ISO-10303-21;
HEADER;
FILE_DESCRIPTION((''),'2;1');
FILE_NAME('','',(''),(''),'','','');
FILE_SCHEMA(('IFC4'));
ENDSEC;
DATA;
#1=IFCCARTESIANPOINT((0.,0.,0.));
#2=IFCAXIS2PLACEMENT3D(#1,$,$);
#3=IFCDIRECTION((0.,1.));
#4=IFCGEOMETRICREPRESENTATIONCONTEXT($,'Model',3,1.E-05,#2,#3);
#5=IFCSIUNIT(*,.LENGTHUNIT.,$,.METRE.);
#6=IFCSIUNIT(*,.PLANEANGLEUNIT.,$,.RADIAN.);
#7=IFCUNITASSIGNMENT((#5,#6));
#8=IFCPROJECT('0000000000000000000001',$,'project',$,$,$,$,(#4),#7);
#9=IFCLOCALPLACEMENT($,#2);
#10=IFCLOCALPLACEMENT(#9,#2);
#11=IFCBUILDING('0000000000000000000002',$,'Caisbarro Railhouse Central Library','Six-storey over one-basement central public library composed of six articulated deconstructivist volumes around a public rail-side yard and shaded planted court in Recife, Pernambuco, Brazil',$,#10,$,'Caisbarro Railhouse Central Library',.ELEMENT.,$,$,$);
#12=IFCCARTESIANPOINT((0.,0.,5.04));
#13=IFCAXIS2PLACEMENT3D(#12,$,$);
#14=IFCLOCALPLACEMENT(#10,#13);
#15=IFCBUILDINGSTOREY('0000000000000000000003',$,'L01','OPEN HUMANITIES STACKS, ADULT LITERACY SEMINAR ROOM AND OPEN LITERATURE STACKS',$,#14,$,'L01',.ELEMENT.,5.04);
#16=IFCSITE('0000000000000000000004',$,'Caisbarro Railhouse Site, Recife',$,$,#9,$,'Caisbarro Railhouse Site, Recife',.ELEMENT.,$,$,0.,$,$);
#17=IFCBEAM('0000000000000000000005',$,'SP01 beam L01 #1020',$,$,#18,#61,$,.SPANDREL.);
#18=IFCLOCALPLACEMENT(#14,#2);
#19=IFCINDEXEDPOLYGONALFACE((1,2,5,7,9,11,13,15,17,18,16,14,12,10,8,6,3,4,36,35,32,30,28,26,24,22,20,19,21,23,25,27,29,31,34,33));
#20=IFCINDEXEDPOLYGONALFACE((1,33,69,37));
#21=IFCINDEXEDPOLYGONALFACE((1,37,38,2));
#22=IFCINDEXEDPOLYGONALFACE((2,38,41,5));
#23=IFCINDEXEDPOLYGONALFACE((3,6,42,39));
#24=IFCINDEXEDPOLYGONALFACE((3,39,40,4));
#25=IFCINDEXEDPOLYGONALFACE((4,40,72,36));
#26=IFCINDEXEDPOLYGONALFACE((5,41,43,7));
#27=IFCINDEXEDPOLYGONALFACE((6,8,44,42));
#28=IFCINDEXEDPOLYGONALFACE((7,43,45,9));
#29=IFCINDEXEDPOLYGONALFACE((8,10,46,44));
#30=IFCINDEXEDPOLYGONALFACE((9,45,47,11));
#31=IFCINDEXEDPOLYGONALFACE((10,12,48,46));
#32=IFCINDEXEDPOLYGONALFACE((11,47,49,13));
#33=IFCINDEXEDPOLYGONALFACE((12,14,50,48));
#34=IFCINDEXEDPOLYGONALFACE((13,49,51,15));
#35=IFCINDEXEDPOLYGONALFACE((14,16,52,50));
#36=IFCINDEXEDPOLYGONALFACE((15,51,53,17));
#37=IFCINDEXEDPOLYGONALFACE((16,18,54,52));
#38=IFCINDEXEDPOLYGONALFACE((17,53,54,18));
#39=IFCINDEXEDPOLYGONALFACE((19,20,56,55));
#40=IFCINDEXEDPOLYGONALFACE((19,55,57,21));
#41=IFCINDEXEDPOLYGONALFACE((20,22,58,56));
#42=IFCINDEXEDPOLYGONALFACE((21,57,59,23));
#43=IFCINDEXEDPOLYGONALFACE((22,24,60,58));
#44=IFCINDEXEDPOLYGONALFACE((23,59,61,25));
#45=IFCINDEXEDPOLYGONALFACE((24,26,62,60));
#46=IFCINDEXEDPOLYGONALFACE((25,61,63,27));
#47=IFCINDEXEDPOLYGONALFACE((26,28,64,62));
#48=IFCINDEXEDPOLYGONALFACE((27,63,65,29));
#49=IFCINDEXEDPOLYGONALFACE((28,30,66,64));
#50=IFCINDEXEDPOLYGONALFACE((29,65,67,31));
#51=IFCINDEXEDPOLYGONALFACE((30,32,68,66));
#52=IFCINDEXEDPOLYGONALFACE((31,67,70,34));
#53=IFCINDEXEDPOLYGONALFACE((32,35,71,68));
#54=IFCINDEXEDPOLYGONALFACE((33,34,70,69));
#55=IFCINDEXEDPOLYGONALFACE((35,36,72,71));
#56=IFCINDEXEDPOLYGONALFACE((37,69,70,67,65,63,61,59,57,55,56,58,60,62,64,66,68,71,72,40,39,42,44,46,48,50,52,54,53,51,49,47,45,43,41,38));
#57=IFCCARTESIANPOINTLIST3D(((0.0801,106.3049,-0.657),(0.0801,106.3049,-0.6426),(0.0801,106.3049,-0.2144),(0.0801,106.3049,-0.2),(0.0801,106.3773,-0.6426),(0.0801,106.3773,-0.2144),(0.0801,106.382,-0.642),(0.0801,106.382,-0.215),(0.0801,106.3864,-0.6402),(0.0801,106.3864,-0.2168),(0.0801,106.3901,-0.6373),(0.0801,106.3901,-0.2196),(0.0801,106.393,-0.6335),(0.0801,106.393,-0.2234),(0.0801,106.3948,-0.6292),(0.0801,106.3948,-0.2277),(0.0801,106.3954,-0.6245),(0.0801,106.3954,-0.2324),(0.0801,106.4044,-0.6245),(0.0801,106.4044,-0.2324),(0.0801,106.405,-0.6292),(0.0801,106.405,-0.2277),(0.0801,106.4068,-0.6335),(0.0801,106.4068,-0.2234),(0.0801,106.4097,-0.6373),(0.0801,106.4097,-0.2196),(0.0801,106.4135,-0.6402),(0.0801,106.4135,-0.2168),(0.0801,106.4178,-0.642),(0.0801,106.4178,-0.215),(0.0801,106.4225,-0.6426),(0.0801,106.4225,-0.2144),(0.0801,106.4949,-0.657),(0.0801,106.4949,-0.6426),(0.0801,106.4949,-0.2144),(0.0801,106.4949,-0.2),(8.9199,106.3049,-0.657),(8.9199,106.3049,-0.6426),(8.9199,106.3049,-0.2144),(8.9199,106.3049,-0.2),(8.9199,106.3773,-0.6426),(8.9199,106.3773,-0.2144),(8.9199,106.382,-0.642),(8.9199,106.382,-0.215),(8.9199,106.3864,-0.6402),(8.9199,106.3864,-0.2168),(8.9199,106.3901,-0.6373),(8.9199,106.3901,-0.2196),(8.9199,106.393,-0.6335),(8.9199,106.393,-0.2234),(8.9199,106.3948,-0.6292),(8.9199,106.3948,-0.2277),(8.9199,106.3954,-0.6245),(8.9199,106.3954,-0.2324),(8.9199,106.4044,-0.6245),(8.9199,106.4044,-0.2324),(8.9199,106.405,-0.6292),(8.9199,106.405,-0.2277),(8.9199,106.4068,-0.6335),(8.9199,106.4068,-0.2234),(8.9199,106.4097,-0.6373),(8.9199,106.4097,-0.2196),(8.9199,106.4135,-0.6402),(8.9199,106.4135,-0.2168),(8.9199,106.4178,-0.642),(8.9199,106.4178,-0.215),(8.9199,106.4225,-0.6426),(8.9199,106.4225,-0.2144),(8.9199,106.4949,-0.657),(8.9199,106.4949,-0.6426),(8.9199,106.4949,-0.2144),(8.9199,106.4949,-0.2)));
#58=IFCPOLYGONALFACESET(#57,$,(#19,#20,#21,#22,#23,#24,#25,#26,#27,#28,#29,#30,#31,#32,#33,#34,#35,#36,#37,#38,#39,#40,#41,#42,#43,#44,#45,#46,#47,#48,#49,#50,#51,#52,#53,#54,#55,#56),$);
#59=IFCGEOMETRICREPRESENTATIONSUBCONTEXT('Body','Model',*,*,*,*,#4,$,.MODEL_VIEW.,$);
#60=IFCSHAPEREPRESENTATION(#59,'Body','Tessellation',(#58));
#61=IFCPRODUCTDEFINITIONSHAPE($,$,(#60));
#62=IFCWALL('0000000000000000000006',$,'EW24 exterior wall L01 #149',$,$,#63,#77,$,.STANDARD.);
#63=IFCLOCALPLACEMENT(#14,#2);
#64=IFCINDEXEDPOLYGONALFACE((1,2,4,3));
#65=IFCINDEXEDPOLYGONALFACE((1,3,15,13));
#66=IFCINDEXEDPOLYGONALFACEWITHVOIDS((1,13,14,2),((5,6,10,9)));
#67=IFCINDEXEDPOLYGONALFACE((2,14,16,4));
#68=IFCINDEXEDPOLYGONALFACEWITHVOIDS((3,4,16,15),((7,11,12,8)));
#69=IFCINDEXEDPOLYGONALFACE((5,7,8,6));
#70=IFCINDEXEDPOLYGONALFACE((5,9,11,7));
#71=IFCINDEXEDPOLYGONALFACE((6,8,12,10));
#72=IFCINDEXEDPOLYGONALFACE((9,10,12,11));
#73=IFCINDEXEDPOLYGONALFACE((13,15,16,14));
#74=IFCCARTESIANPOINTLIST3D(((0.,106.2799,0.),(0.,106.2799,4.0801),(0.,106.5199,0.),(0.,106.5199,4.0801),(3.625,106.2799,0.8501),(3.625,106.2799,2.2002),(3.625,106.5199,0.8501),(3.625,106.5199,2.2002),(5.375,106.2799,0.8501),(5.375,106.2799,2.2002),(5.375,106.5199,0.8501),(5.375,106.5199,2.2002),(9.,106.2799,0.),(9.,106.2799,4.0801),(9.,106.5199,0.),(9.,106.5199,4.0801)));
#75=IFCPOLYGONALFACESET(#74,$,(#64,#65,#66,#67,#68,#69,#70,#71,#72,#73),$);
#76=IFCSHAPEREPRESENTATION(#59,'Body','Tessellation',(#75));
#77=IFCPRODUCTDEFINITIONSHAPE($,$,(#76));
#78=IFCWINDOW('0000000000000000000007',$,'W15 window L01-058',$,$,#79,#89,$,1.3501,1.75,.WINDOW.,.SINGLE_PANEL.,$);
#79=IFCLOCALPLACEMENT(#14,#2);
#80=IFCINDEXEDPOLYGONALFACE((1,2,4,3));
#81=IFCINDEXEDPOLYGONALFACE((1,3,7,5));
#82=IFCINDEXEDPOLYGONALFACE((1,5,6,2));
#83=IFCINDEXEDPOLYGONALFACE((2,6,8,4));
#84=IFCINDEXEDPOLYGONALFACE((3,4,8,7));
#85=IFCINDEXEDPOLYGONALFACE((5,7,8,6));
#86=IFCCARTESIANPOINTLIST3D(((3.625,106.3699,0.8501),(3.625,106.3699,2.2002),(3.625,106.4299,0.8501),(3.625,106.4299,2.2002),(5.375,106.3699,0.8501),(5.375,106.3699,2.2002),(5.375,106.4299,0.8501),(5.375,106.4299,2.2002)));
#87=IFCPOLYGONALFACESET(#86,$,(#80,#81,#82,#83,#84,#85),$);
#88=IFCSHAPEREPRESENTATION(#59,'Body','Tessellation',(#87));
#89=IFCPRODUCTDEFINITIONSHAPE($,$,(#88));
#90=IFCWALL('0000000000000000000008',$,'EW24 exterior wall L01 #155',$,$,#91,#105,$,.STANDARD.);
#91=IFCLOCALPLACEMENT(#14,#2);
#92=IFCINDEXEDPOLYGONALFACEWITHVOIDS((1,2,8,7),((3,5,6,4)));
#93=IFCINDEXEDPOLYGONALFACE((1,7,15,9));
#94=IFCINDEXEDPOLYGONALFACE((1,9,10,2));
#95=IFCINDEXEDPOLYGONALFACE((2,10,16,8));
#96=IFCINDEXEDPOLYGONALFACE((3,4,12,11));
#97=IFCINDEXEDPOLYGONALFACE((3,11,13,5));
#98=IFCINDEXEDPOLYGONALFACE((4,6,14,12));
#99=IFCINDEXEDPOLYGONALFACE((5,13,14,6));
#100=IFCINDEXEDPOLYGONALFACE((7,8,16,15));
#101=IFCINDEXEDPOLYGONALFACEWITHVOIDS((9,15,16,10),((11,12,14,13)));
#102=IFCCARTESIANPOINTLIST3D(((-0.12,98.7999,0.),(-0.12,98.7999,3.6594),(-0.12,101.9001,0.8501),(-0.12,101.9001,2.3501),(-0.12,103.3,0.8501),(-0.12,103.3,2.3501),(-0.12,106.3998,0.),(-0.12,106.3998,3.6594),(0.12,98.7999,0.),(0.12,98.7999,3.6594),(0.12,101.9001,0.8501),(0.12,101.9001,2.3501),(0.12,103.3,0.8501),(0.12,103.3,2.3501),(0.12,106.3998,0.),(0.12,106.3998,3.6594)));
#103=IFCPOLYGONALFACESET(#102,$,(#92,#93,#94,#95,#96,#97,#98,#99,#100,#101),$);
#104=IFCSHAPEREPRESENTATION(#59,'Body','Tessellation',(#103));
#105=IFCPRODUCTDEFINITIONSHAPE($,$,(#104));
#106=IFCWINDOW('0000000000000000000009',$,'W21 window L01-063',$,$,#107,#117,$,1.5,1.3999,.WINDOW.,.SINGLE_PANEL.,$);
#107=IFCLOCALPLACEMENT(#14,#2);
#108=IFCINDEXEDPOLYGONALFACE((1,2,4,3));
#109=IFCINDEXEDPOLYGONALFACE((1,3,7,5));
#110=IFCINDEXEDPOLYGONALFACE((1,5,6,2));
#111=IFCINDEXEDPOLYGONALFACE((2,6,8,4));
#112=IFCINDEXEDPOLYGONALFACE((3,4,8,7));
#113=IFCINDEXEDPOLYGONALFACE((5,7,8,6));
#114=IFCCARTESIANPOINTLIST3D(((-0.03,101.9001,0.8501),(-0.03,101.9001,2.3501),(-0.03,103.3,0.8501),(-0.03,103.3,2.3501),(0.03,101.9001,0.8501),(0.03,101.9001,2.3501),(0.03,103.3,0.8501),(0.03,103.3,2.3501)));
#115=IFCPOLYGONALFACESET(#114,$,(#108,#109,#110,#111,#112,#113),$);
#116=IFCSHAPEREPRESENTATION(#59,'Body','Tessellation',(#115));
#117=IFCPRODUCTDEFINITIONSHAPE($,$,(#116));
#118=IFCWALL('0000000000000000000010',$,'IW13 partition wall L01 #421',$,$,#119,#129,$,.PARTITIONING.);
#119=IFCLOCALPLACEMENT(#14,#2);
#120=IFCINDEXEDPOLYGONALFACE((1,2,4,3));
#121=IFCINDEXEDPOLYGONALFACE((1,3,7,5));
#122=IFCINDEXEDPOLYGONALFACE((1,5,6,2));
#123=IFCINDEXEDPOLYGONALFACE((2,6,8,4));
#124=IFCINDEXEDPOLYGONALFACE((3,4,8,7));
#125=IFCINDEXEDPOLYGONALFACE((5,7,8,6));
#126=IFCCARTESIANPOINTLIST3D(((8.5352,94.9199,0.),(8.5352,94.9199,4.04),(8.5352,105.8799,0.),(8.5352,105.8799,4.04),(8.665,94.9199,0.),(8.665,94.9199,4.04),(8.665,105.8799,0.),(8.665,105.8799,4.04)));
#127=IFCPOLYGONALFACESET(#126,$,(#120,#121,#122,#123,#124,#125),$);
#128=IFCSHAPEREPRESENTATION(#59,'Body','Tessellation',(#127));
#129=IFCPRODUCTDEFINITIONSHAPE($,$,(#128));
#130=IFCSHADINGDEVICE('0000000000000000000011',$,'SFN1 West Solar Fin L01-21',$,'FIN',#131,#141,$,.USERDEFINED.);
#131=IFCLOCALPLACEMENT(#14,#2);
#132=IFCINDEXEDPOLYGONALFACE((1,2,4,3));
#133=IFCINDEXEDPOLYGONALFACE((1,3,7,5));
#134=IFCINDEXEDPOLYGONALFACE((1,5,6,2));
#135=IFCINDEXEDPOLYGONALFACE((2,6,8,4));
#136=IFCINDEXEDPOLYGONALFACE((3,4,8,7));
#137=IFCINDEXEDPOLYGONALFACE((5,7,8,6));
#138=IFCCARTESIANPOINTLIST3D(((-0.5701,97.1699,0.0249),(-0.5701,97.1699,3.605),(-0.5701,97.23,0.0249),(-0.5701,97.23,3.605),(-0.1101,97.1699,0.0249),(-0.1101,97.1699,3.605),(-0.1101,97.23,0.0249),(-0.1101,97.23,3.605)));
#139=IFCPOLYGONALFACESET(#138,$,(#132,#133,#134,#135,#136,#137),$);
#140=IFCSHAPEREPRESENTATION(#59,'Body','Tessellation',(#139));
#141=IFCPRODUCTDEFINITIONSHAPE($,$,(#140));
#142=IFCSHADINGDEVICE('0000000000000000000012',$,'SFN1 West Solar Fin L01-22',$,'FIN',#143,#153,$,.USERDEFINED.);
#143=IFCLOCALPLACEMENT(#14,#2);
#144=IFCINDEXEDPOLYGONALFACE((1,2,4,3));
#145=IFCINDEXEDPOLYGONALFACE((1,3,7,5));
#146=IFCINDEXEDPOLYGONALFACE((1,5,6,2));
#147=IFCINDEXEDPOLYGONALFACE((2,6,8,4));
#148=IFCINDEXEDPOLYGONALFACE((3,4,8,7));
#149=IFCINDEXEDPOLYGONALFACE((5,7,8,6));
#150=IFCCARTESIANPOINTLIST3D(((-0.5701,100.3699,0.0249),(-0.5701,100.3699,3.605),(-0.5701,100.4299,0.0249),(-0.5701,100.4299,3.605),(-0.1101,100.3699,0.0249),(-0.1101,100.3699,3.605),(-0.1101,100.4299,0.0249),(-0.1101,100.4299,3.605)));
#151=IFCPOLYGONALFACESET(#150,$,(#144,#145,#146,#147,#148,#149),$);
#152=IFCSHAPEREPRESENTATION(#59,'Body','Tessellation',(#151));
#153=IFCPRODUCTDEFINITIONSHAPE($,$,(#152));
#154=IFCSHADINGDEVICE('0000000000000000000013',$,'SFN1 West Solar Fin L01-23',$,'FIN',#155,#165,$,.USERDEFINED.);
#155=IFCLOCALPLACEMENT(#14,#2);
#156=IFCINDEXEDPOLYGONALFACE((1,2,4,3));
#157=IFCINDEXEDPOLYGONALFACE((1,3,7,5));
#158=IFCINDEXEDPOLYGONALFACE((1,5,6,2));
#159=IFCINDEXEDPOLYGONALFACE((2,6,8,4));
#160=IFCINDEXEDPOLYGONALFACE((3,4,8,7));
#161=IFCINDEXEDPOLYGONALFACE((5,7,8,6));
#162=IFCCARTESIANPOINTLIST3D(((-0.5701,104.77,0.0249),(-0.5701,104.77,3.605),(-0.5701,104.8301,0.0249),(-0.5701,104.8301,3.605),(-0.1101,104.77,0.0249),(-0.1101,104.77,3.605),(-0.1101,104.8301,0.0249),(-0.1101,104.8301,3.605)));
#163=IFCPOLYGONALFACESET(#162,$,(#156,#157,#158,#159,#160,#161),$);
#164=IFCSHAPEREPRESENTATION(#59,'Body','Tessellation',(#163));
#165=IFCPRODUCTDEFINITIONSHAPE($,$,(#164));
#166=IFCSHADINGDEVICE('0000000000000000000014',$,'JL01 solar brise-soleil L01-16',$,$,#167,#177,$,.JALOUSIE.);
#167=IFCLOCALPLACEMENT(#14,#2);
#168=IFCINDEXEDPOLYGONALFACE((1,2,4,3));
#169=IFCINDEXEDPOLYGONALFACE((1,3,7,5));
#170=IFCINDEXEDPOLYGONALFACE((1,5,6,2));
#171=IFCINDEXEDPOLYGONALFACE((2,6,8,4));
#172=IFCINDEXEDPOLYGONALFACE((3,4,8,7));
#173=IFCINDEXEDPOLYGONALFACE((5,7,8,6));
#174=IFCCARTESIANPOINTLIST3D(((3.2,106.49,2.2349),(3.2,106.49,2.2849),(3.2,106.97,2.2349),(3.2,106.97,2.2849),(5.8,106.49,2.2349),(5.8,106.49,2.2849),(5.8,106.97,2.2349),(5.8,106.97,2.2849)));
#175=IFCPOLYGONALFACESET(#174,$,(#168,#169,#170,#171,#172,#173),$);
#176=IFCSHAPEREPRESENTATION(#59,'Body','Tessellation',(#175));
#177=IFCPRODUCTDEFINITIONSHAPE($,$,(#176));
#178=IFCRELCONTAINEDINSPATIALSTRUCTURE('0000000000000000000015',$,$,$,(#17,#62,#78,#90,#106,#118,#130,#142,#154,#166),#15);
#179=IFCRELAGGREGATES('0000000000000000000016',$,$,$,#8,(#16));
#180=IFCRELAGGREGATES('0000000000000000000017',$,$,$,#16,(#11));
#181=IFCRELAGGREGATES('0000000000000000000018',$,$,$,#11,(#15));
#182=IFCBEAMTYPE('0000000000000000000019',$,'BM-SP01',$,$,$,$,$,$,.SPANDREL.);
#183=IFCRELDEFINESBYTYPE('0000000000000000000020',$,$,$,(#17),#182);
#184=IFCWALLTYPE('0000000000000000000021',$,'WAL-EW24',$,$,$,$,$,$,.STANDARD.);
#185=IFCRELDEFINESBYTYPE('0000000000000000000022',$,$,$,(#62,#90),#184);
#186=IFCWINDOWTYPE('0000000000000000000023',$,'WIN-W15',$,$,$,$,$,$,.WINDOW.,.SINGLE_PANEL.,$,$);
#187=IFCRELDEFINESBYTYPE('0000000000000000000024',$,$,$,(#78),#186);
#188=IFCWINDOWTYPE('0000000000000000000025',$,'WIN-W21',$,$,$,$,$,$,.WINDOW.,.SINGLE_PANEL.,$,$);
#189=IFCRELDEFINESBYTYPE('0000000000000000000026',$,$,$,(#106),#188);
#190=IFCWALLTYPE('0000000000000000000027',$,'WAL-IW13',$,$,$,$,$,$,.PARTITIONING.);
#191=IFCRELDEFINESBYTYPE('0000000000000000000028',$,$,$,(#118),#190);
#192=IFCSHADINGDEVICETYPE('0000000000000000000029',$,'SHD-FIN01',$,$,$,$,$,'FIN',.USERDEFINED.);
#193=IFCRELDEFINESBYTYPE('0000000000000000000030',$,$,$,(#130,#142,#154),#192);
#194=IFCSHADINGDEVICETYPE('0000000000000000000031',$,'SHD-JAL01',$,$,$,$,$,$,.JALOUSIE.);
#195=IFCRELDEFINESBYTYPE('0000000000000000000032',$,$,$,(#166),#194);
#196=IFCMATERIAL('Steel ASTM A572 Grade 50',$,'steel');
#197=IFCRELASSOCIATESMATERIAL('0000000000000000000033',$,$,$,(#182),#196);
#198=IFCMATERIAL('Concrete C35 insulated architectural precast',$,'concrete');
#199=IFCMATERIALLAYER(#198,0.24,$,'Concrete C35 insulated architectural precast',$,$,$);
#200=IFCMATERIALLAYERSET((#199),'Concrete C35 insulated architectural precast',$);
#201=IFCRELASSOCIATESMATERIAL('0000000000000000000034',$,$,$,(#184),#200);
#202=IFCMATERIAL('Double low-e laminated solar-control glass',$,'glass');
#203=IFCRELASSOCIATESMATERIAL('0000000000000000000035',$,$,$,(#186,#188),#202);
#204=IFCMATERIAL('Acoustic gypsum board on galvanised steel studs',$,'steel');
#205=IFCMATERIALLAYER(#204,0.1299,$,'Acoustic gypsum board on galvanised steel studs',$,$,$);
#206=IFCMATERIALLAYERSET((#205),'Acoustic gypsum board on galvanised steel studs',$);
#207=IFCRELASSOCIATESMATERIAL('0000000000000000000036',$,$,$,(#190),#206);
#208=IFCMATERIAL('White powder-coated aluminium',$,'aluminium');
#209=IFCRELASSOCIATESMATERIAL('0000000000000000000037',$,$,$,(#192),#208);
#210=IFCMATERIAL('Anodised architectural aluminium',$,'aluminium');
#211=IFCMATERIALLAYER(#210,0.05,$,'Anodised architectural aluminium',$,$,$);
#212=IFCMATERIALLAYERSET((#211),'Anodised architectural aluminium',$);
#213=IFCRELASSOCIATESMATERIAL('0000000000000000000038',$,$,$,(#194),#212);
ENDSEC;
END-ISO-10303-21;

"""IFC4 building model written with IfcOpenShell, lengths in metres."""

from ifc_helpers import new_model, si_unit, direction, frame, frame_2d, origin, origin_2d, place, context, subcontext, project, spatial, rectangle, i_section, extrude, material, layer, layer_set, material_profile, profile_set, type_object, element, fill, save


model = new_model("IFC4")

# Units and contexts
model_context = context("Model", 3, precision=1e-05, world=origin(), true_north=direction((0.0, 1.0)))
body_context = subcontext(model_context, "Body", "Model", "MODEL_VIEW")
ifc_project = project(units=[si_unit("LENGTHUNIT", "METRE"), si_unit("PLANEANGLEUNIT", "RADIAN")], contexts=[model_context])

# Site, building, storey
site_placement = place(None, origin())
site = spatial("IfcSite", under=ifc_project, at=site_placement, Name="Caisbarro Railhouse Site, Recife", LongName="Caisbarro Railhouse Site, Recife", CompositionType="ELEMENT", RefElevation=0.0)
building_placement = place(site_placement, origin())
building = spatial("IfcBuilding", under=site, at=building_placement, Name="Caisbarro Railhouse Central Library", Description="Six-storey over one-basement central public library composed of six articulated deconstructivist volumes around a public rail-side yard and shaded planted court in Recife, Pernambuco, Brazil", LongName="Caisbarro Railhouse Central Library", CompositionType="ELEMENT")
storey_placement = place(building_placement, frame((0.0, 0.0, 5.04)))
storey = spatial("IfcBuildingStorey", under=building, at=storey_placement, Name="L01", Description="OPEN HUMANITIES STACKS, ADULT LITERACY SEMINAR ROOM AND OPEN LITERATURE STACKS", LongName="L01", CompositionType="ELEMENT", Elevation=5.04)

# Shared definitions
ifc_material_1 = material(Name="Steel ASTM A572 Grade 50", Category="steel")

# Beam
ifc_material_profile_1 = material_profile(ifc_material_1, i_section(OverallWidth=0.1899, OverallDepth=0.457, WebThickness=0.009, FlangeThickness=0.0144, FilletRadius=0.0181, at=origin_2d()), Name="W460X74.0")
ifc_profile_set_1 = profile_set([ifc_material_profile_1], Name="Steel ASTM A572 Grade 50")
beam_type_1 = type_object("IfcBeamType", Name="BM-SP01", PredefinedType="SPANDREL", material=ifc_profile_set_1)
beam_1_placement = place(storey_placement, frame((0.0801, 106.3999, -0.4285), z_axis=(1.0, 0.0, 0.0), x_axis=(0.0, 1.0, 0.0)))
element("IfcBeam", 1, at=beam_1_placement, inside=storey, type_object=beam_type_1, Name="SP01 beam L01 #1020", PredefinedType="SPANDREL", context=body_context, shape_type="SweptSolid", body=[
    extrude(i_section(OverallWidth=0.1899, OverallDepth=0.457, WebThickness=0.009, FlangeThickness=0.0144, FilletRadius=0.0181, at=origin_2d()), origin(), (0.0, 0.0, 1.0), 8.8398),
])

# Walls, openings, windows
ifc_material_2 = material(Name="Concrete C35 insulated architectural precast", Category="concrete")
ifc_layer_1 = layer(ifc_material_2, 0.24, Name="Concrete C35 insulated architectural precast")
ifc_layer_set_1 = layer_set([ifc_layer_1], Name="Concrete C35 insulated architectural precast")
wall_type_1 = type_object("IfcWallType", Name="WAL-EW24", PredefinedType="STANDARD", material=ifc_layer_set_1)
wall_1_placement = place(storey_placement, frame((0.0, 106.3999, 0.0), z_axis=(0.0, 0.0, 1.0), x_axis=(1.0, 0.0, 0.0)))
wall_1 = element("IfcWall", 2, at=wall_1_placement, inside=storey, type_object=wall_type_1, Name="EW24 exterior wall L01 #149", PredefinedType="STANDARD", context=body_context, shape_type="SweptSolid", body=[
    extrude(rectangle(XDim=9.0, YDim=0.24, at=frame_2d((4.5, 0.0))), origin(), (0.0, 0.0, 1.0), 4.0801),
])
opening_1_placement = place(wall_1_placement, frame((3.625, 0.0, 0.8501)))
opening_1 = element("IfcOpeningElement", 3, at=opening_1_placement, cuts=wall_1, PredefinedType="OPENING", context=body_context, shape_type="SweptSolid", body=[
    extrude(rectangle(XDim=1.75, YDim=1.3501, at=frame_2d((0.875, 0.675))), frame((0.0, 0.1299, 0.0), z_axis=(0.0, -1.0, 0.0), x_axis=(1.0, 0.0, 0.0)), (0.0, 0.0, 1.0), 0.26),
])
ifc_material_3 = material(Name="Double low-e laminated solar-control glass", Category="glass")
window_type_1 = type_object("IfcWindowType", Name="WIN-W15", PartitioningType="SINGLE_PANEL", PredefinedType="WINDOW", material=ifc_material_3)
window_1_placement = place(opening_1_placement, origin())
window_1 = element("IfcWindow", 4, at=window_1_placement, inside=storey, type_object=window_type_1, Name="W15 window L01-058", OverallHeight=1.3501, OverallWidth=1.75, PartitioningType="SINGLE_PANEL", PredefinedType="WINDOW", context=body_context, shape_type="SweptSolid", body=[
    extrude(rectangle(XDim=1.75, YDim=1.3501, at=frame_2d((0.875, 0.675))), frame((0.0, 0.03, 0.0), z_axis=(0.0, -1.0, 0.0), x_axis=(1.0, 0.0, 0.0)), (0.0, 0.0, 1.0), 0.0601),
])
fill(opening_1, window_1)
wall_2_placement = place(storey_placement, frame((0.0, 98.8, 0.0), z_axis=(0.0, 0.0, 1.0), x_axis=(0.0, 1.0, 0.0)))
wall_2 = element("IfcWall", 5, at=wall_2_placement, inside=storey, type_object=wall_type_1, Name="EW24 exterior wall L01 #155", PredefinedType="STANDARD", context=body_context, shape_type="SweptSolid", body=[
    extrude(rectangle(XDim=7.5999, YDim=0.24, at=frame_2d((3.7998, 0.0))), origin(), (0.0, 0.0, 1.0), 3.6594),
])
opening_2_placement = place(wall_2_placement, frame((3.1001, 0.0, 0.8501)))
opening_2 = element("IfcOpeningElement", 6, at=opening_2_placement, cuts=wall_2, PredefinedType="OPENING", context=body_context, shape_type="SweptSolid", body=[
    extrude(rectangle(XDim=1.3999, YDim=1.5, at=frame_2d((0.7, 0.75))), frame((0.0, 0.1299, 0.0), z_axis=(0.0, -1.0, 0.0), x_axis=(1.0, 0.0, 0.0)), (0.0, 0.0, 1.0), 0.26),
])
window_type_2 = type_object("IfcWindowType", Name="WIN-W21", PartitioningType="SINGLE_PANEL", PredefinedType="WINDOW", material=ifc_material_3)
window_2_placement = place(opening_2_placement, origin())
window_2 = element("IfcWindow", 7, at=window_2_placement, inside=storey, type_object=window_type_2, Name="W21 window L01-063", OverallHeight=1.5, OverallWidth=1.3999, PartitioningType="SINGLE_PANEL", PredefinedType="WINDOW", context=body_context, shape_type="SweptSolid", body=[
    extrude(rectangle(XDim=1.3999, YDim=1.5, at=frame_2d((0.7, 0.75))), frame((0.0, 0.03, 0.0), z_axis=(0.0, -1.0, 0.0), x_axis=(1.0, 0.0, 0.0)), (0.0, 0.0, 1.0), 0.0601),
])
fill(opening_2, window_2)

# Wall
ifc_material_4 = material(Name="Acoustic gypsum board on galvanised steel studs", Category="steel")
ifc_layer_2 = layer(ifc_material_4, 0.1299, Name="Acoustic gypsum board on galvanised steel studs")
ifc_layer_set_2 = layer_set([ifc_layer_2], Name="Acoustic gypsum board on galvanised steel studs")
wall_type_2 = type_object("IfcWallType", Name="WAL-IW13", PredefinedType="PARTITIONING", material=ifc_layer_set_2)
wall_3_placement = place(storey_placement, frame((8.6001, 94.9199, 0.0), z_axis=(0.0, 0.0, 1.0), x_axis=(0.0, 1.0, 0.0)))
element("IfcWall", 8, at=wall_3_placement, inside=storey, type_object=wall_type_2, Name="IW13 partition wall L01 #421", PredefinedType="PARTITIONING", context=body_context, shape_type="SweptSolid", body=[
    extrude(rectangle(XDim=10.96, YDim=0.1299, at=frame_2d((5.48, 0.0))), origin(), (0.0, 0.0, 1.0), 4.04),
])

# Shading devices
ifc_material_5 = material(Name="White powder-coated aluminium", Category="aluminium")
shading_device_type_1 = type_object("IfcShadingDeviceType", Name="SHD-FIN01", ElementType="FIN", PredefinedType="USERDEFINED", material=ifc_material_5)
for number, where, z_axis, x_axis, name in (
    (9, (-0.3401, 97.2, 0.0249), (0.0, 0.0, 1.0), (1.0, 0.0, 0.0), "SFN1 West Solar Fin L01-21"),
    (10, (-0.3401, 100.3999, 0.0249), (0.0, 0.0, 1.0), (1.0, 0.0, 0.0), "SFN1 West Solar Fin L01-22"),
    (11, (-0.3401, 104.8, 0.0249), (0.0, 0.0, 1.0), (1.0, 0.0, 0.0), "SFN1 West Solar Fin L01-23"),
):
    element("IfcShadingDevice", number, at=place(storey_placement, frame(where, z_axis=z_axis, x_axis=x_axis)), inside=storey, type_object=shading_device_type_1, Name=name, ObjectType="FIN", PredefinedType="USERDEFINED", context=body_context, shape_type="SweptSolid", body=[
        extrude(rectangle(XDim=0.46, YDim=0.0601, at=origin_2d()), origin(), (0.0, 0.0, 1.0), 3.5801),
    ])
ifc_material_6 = material(Name="Anodised architectural aluminium", Category="aluminium")
ifc_layer_3 = layer(ifc_material_6, 0.05, Name="Anodised architectural aluminium")
ifc_layer_set_3 = layer_set([ifc_layer_3], Name="Anodised architectural aluminium")
shading_device_type_2 = type_object("IfcShadingDeviceType", Name="SHD-JAL01", PredefinedType="JALOUSIE", material=ifc_layer_set_3)
shading_device_placement = place(storey_placement, frame((4.5, 106.73, 2.2349), z_axis=(0.0, 0.0, 1.0), x_axis=(1.0, 0.0, 0.0)))
element("IfcShadingDevice", 12, at=shading_device_placement, inside=storey, type_object=shading_device_type_2, Name="JL01 solar brise-soleil L01-16", PredefinedType="JALOUSIE", context=body_context, shape_type="SweptSolid", body=[
    extrude(rectangle(XDim=2.6001, YDim=0.48, at=origin_2d()), origin(), (0.0, 0.0, 1.0), 0.05),
])

save(model, "model.ifc")
